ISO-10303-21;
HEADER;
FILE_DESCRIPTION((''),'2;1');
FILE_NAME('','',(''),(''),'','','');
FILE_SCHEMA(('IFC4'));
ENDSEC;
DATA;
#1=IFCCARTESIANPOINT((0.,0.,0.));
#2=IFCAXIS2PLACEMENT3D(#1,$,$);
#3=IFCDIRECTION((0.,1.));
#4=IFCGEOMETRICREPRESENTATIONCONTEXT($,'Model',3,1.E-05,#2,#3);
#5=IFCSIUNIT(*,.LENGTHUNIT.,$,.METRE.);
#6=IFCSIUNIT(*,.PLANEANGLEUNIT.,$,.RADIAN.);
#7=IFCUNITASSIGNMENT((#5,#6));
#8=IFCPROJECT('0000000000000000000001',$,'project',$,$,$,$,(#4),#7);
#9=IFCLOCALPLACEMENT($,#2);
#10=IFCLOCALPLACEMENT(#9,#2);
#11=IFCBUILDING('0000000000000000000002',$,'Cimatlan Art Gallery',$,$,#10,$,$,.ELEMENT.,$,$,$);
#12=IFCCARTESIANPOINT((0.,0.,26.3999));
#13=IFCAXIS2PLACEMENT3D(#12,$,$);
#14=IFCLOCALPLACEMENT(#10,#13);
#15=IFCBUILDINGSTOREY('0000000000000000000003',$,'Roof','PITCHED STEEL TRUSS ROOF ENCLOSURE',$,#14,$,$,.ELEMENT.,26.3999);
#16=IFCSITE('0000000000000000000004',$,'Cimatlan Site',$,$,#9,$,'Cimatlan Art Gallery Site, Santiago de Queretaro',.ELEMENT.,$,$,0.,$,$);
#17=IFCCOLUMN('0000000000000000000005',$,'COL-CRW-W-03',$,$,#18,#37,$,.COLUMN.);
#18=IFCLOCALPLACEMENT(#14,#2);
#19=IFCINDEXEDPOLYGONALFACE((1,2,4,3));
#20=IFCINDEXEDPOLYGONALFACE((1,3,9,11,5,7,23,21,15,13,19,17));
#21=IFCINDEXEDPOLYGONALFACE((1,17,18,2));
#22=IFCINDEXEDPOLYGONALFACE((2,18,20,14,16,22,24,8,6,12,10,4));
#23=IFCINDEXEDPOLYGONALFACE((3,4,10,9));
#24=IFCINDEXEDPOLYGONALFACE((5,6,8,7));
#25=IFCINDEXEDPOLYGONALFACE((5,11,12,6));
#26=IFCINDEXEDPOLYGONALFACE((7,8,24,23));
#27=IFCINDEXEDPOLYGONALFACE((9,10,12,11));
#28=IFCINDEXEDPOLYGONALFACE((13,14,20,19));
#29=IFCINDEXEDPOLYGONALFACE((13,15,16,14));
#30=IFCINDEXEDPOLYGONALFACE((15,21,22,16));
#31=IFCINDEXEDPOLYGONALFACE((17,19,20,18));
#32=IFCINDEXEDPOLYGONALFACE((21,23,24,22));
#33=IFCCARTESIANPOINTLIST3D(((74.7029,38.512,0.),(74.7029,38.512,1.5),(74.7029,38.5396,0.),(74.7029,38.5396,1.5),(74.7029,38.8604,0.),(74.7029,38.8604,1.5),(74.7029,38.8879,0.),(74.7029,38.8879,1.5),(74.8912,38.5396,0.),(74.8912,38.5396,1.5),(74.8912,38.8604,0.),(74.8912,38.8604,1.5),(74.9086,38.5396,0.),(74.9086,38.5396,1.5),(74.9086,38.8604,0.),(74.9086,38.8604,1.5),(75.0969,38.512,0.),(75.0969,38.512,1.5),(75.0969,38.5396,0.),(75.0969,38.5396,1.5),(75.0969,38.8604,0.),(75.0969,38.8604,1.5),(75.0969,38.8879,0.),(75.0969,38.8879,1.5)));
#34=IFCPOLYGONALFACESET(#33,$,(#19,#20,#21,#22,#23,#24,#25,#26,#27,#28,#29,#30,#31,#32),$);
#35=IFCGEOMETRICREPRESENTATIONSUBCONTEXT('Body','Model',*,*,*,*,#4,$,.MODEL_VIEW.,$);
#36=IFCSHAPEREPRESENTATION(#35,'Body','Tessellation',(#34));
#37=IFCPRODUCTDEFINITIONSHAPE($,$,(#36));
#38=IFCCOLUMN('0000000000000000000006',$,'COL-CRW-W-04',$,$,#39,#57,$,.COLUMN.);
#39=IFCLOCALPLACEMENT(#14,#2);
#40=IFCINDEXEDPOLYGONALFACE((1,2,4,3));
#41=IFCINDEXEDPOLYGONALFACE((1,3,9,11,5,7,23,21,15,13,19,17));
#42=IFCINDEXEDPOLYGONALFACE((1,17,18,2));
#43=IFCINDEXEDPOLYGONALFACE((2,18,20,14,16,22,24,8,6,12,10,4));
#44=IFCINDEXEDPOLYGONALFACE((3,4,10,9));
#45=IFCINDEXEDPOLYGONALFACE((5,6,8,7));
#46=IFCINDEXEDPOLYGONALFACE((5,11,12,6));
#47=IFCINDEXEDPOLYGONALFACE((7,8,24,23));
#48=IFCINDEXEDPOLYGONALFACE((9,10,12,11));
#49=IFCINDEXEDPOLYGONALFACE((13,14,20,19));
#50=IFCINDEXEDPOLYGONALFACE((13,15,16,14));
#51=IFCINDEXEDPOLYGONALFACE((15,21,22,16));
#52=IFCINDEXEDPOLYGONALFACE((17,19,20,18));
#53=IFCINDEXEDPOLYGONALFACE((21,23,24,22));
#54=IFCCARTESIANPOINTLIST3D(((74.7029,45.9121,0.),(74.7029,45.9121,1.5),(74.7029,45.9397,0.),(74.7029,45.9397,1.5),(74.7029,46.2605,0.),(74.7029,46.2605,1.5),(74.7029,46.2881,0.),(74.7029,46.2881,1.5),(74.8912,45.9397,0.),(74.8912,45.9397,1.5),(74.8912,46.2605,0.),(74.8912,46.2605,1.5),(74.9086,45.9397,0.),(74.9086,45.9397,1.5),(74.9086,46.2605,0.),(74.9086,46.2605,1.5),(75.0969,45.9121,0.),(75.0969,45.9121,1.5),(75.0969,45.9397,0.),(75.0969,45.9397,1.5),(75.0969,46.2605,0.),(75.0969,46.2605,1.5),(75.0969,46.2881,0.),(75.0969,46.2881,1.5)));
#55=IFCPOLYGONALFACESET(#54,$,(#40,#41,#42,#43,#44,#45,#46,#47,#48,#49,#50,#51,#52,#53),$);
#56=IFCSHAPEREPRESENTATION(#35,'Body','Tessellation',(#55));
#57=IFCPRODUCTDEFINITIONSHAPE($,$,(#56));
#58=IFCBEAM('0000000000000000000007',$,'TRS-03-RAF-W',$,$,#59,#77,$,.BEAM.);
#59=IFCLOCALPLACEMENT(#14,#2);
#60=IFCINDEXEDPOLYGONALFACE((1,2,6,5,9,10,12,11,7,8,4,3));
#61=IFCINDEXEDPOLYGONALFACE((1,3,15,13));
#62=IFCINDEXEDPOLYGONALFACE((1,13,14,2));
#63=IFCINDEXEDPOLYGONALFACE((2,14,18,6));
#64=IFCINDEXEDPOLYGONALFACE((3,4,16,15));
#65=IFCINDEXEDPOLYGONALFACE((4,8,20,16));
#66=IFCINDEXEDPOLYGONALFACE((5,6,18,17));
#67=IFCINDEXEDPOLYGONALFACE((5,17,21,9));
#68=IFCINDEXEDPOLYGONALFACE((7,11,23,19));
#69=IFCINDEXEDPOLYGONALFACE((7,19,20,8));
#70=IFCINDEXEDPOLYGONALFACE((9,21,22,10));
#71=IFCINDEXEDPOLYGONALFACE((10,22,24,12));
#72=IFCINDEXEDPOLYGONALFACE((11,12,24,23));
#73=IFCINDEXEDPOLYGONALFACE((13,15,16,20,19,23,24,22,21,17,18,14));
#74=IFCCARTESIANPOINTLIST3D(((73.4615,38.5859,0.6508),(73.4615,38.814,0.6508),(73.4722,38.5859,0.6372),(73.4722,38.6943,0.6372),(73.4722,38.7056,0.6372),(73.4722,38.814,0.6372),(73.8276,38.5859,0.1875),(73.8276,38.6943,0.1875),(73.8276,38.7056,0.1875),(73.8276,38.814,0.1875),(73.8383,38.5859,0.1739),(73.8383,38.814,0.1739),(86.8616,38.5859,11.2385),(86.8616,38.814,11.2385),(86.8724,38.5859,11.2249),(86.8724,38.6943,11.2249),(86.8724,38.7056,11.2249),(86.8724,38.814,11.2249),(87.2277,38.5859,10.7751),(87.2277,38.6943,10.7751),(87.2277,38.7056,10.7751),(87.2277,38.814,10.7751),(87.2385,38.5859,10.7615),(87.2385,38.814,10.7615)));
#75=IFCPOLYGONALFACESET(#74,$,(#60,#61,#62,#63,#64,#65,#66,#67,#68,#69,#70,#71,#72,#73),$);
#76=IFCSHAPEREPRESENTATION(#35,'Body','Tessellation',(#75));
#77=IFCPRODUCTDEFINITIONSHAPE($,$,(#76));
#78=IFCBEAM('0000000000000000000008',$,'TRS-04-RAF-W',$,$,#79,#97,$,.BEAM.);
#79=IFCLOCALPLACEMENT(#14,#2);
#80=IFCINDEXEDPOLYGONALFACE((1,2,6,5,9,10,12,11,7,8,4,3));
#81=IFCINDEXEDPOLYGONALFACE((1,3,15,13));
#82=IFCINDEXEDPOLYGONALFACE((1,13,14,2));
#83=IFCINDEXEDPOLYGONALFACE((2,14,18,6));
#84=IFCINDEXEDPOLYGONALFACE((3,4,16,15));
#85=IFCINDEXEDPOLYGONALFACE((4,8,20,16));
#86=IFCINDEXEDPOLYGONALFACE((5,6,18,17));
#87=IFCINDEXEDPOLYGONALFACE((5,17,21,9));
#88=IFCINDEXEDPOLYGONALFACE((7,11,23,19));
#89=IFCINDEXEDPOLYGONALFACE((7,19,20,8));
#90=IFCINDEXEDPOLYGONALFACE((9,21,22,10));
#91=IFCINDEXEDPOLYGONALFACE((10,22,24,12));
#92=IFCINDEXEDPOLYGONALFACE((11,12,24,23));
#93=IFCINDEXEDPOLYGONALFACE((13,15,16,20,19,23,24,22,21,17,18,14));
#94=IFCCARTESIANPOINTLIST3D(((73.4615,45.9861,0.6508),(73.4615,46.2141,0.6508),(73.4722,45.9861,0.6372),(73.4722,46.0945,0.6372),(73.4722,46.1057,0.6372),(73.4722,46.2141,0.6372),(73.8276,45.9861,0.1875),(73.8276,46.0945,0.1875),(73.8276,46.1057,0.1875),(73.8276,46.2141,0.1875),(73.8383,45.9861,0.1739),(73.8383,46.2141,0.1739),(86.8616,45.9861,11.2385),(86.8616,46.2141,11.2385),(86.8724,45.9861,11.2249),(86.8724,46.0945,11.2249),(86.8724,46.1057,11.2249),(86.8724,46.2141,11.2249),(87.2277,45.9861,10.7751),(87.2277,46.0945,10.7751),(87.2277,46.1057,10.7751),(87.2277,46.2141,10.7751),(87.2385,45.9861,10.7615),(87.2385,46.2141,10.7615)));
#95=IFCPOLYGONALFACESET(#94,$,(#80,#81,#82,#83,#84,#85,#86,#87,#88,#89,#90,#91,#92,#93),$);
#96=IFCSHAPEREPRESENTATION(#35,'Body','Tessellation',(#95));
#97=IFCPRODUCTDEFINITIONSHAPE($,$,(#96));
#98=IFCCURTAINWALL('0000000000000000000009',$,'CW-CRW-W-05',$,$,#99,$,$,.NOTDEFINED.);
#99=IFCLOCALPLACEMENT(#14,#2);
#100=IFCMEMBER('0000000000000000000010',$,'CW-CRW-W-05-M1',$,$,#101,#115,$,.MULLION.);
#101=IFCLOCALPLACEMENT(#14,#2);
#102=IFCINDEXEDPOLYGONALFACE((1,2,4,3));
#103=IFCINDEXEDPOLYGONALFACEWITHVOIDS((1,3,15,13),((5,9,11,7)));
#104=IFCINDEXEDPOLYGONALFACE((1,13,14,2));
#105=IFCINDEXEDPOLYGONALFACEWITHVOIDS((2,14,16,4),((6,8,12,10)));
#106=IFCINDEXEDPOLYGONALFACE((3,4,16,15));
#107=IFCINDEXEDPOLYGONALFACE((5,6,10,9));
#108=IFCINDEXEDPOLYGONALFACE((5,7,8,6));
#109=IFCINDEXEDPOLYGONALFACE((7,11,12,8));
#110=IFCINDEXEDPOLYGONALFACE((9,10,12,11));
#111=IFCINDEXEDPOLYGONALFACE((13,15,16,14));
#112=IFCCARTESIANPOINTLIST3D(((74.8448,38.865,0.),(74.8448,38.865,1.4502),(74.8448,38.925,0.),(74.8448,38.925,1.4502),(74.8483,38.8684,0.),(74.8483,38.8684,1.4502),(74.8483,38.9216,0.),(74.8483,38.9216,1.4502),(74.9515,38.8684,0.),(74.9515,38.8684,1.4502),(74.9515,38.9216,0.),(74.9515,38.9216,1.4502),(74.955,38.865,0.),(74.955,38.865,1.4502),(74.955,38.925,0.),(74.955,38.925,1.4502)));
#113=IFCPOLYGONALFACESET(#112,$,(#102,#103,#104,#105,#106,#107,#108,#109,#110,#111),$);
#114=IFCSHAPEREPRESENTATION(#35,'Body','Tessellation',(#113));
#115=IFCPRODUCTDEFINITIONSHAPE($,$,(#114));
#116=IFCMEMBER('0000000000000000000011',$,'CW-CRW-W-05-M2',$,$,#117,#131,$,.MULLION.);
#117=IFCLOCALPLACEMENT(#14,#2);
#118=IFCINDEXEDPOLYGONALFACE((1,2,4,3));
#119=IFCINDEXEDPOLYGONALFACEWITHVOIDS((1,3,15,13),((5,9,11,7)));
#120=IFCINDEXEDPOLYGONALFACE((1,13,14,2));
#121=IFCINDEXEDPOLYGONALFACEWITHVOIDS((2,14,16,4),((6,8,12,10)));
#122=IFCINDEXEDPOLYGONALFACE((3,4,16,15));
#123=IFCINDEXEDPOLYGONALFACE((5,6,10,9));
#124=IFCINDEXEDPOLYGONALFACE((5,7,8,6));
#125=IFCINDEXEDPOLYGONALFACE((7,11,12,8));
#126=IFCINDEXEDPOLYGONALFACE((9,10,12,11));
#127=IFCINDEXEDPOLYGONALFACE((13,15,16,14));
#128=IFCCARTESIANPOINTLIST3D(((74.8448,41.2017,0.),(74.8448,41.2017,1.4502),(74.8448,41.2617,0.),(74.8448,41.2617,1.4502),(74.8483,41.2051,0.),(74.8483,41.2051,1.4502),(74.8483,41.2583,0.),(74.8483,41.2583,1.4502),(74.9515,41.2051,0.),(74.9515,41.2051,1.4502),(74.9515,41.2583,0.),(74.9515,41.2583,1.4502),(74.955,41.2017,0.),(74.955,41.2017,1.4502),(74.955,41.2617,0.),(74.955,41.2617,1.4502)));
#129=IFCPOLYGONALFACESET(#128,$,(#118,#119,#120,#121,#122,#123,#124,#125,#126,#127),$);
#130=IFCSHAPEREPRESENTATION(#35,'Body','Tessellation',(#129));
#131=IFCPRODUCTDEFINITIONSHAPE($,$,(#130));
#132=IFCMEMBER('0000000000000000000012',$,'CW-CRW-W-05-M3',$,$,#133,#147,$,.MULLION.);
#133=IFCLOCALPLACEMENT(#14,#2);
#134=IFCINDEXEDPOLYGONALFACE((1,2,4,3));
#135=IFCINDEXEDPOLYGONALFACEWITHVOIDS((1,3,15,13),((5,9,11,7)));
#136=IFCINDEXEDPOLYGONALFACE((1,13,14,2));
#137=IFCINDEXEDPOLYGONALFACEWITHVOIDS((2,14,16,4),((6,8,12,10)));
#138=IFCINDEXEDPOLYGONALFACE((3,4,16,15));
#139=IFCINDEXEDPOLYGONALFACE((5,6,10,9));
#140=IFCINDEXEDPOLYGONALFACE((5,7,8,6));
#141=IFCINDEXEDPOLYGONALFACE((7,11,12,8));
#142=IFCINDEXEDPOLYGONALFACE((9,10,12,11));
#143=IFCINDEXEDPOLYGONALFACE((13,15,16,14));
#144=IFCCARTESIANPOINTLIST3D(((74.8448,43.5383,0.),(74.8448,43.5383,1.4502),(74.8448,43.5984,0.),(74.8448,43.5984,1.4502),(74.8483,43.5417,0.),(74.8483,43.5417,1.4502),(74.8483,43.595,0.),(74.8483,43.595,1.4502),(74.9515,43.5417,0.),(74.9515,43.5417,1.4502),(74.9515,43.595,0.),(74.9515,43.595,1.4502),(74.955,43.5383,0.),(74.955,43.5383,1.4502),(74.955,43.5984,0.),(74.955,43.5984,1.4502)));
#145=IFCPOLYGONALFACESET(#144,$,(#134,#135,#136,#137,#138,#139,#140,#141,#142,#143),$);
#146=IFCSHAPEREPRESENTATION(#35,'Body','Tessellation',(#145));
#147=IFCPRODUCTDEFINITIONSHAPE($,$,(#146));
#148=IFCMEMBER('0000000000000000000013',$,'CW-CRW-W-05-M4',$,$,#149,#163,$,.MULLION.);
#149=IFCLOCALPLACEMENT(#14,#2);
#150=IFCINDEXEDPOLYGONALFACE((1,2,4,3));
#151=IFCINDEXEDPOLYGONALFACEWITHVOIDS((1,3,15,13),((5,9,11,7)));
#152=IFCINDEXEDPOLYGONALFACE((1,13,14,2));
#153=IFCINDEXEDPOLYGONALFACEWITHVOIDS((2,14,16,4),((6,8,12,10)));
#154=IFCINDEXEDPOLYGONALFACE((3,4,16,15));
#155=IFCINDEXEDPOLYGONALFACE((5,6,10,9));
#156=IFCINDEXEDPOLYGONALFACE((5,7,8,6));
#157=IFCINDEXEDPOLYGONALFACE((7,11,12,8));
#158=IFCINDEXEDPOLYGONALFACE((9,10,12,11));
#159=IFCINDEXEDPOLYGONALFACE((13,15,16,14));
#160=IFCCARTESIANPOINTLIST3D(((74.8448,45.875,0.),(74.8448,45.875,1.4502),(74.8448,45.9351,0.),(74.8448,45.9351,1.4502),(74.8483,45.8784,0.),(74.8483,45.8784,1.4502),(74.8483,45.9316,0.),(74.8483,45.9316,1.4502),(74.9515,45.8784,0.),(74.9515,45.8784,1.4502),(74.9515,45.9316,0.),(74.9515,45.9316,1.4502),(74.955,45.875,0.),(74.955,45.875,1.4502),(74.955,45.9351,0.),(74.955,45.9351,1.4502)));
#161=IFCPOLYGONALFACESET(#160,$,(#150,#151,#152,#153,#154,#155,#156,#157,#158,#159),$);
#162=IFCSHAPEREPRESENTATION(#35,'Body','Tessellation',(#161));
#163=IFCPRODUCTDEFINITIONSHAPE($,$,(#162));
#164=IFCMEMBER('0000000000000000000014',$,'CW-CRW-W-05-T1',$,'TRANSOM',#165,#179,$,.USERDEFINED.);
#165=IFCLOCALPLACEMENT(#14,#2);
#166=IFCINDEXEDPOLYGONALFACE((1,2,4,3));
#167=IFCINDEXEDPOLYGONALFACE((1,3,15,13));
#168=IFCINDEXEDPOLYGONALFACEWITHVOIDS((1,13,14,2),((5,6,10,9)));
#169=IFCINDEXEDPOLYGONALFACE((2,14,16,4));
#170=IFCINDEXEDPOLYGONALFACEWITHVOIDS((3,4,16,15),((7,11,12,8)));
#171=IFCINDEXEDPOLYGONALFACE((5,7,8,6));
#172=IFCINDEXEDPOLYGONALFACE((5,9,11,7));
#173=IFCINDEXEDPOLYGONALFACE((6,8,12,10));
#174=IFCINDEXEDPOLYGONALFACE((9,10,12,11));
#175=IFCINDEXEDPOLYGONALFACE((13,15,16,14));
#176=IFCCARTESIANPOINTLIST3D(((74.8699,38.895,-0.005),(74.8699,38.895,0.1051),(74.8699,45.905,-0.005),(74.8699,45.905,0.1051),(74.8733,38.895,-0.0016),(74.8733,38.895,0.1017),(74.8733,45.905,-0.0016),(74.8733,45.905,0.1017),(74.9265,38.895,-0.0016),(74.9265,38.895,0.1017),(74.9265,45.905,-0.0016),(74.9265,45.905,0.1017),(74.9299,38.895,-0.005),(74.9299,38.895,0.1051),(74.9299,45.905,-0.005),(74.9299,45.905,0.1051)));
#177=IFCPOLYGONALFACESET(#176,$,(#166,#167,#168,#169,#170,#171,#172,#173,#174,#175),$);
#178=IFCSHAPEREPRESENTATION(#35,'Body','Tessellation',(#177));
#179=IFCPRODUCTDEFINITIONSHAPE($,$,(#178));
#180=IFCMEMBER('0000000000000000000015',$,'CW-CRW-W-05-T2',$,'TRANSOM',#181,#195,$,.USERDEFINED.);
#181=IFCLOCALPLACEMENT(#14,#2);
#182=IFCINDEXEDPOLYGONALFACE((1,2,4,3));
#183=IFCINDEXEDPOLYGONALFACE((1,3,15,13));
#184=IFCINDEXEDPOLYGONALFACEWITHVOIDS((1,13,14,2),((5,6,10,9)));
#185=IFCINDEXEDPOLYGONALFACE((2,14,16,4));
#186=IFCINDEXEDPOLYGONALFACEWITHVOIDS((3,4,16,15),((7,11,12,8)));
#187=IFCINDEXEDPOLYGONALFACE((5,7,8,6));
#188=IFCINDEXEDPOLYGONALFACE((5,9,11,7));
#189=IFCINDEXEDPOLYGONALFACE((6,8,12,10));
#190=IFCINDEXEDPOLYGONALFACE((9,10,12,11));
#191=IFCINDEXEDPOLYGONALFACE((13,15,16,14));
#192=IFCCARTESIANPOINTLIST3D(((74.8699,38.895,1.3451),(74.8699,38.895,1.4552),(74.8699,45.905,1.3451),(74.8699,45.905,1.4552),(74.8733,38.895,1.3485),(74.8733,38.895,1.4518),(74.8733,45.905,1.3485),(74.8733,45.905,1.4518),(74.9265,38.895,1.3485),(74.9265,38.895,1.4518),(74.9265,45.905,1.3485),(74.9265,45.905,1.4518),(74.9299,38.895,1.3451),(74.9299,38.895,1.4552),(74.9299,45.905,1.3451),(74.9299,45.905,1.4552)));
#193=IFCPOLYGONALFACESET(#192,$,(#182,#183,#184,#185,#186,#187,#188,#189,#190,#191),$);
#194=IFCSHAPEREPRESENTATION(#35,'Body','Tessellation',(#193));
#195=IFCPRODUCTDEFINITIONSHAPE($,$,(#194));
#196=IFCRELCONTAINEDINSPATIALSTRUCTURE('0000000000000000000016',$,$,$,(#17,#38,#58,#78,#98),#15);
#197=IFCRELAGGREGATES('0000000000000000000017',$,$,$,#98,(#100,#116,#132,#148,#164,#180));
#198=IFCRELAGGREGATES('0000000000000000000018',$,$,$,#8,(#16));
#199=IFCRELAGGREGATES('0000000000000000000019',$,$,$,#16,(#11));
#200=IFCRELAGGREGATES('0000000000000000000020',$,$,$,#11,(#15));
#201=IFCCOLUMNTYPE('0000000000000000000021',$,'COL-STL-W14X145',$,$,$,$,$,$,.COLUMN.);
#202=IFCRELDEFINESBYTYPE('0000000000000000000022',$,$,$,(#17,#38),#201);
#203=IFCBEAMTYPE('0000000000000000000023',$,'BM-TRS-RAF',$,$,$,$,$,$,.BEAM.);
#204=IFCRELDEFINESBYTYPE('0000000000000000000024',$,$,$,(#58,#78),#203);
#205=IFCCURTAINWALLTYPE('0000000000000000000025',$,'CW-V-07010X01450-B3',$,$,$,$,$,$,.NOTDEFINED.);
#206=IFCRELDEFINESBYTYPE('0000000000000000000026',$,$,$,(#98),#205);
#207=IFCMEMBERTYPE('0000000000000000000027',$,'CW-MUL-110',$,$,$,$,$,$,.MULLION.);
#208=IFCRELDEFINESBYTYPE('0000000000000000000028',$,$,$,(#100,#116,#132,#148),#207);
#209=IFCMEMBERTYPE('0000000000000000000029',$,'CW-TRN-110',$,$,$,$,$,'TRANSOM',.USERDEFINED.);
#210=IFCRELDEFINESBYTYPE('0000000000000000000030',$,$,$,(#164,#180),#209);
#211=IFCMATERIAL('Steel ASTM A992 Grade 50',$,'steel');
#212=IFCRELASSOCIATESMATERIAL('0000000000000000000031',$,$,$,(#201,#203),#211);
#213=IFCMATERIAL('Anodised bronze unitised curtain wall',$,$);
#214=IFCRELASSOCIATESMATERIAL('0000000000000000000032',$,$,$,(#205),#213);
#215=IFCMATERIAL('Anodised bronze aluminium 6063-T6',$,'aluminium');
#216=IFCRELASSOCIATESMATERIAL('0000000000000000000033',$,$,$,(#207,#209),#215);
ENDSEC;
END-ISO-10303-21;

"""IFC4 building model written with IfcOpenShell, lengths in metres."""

from ifc_helpers import new_model, si_unit, direction, frame, origin, origin_2d, place, context, subcontext, project, spatial, hollow_rectangle, i_section, extrude, material, material_profile, profile_set, type_object, element, aggregate, save


model = new_model("IFC4")

# Units and contexts
model_context = context("Model", 3, precision=1e-05, world=origin(), true_north=direction((0.0, 1.0)))
body_context = subcontext(model_context, "Body", "Model", "MODEL_VIEW")
ifc_project = project(units=[si_unit("LENGTHUNIT", "METRE"), si_unit("PLANEANGLEUNIT", "RADIAN")], contexts=[model_context])

# Site, building, storey
site_placement = place(None, origin())
site = spatial("IfcSite", under=ifc_project, at=site_placement, Name="Cimatlan Site", LongName="Cimatlan Art Gallery Site, Santiago de Queretaro", CompositionType="ELEMENT", RefElevation=0.0)
building_placement = place(site_placement, origin())
building = spatial("IfcBuilding", under=site, at=building_placement, Name="Cimatlan Art Gallery", CompositionType="ELEMENT")
storey_placement = place(building_placement, frame((0.0, 0.0, 26.3999)))
storey = spatial("IfcBuildingStorey", under=building, at=storey_placement, Name="Roof", Description="PITCHED STEEL TRUSS ROOF ENCLOSURE", CompositionType="ELEMENT", Elevation=26.3999)

# Columns
ifc_material_1 = material(Name="Steel ASTM A992 Grade 50", Category="steel")
ifc_material_profile_1 = material_profile(ifc_material_1, i_section(OverallWidth=0.394, OverallDepth=0.376, WebThickness=0.0173, FlangeThickness=0.0276, at=origin_2d()), Name="W14X145")
ifc_profile_set_1 = profile_set([ifc_material_profile_1], Name="Steel ASTM A992 Grade 50")
column_type = type_object("IfcColumnType", Name="COL-STL-W14X145", PredefinedType="COLUMN", material=ifc_profile_set_1)
for number, where, z_axis, x_axis, name in (
    (1, (74.8999, 38.7, 0.0), (0.0, 0.0, 1.0), (1.0, 0.0, 0.0), "COL-CRW-W-03"),
    (2, (74.8999, 46.1001, 0.0), (0.0, 0.0, 1.0), (1.0, 0.0, 0.0), "COL-CRW-W-04"),
):
    element("IfcColumn", number, at=place(storey_placement, frame(where, z_axis=z_axis, x_axis=x_axis)), inside=storey, type_object=column_type, Name=name, PredefinedType="COLUMN", context=body_context, shape_type="SweptSolid", body=[
        extrude(i_section(OverallWidth=0.394, OverallDepth=0.376, WebThickness=0.0173, FlangeThickness=0.0276, at=origin_2d()), origin(), (0.0, 0.0, 1.0), 1.5),
    ])

# Beams
ifc_material_profile_2 = material_profile(ifc_material_1, i_section(OverallWidth=0.228, OverallDepth=0.6079, WebThickness=0.0112, FlangeThickness=0.0173, at=origin_2d()), Name="W24X76")
ifc_profile_set_2 = profile_set([ifc_material_profile_2], Name="Steel ASTM A992 Grade 50")
beam_type = type_object("IfcBeamType", Name="BM-TRS-RAF", PredefinedType="BEAM", material=ifc_profile_set_2)
for number, where, z_axis, x_axis, name in (
    (3, (73.6499, 38.7, 0.4124), (0.784638, 0.0, 0.619954), (0.0, 1.0, 0.0), "TRS-03-RAF-W"),
    (4, (73.6499, 46.1001, 0.4124), (0.784638, 0.0, 0.619954), (0.0, 1.0, 0.0), "TRS-04-RAF-W"),
):
    element("IfcBeam", number, at=place(storey_placement, frame(where, z_axis=z_axis, x_axis=x_axis)), inside=storey, type_object=beam_type, Name=name, PredefinedType="BEAM", context=body_context, shape_type="SweptSolid", body=[
        extrude(i_section(OverallWidth=0.228, OverallDepth=0.6079, WebThickness=0.0112, FlangeThickness=0.0173, at=origin_2d()), origin(), (0.0, 0.0, 1.0), 17.0781),
    ])

# Curtain wall, members
ifc_material_2 = material(Name="Anodised bronze unitised curtain wall")
curtain_wall_type = type_object("IfcCurtainWallType", Name="CW-V-07010X01450-B3", PredefinedType="NOTDEFINED", material=ifc_material_2)
curtain_wall_placement = place(storey_placement, origin())
curtain_wall = element("IfcCurtainWall", 5, at=curtain_wall_placement, inside=storey, type_object=curtain_wall_type, Name="CW-CRW-W-05", PredefinedType="NOTDEFINED")
ifc_material_3 = material(Name="Anodised bronze aluminium 6063-T6", Category="aluminium")
ifc_material_profile_3 = material_profile(ifc_material_3, hollow_rectangle(XDim=0.0601, YDim=0.1101, WallThickness=0.0034, at=origin_2d()), Name="ALU60X110X3")
ifc_profile_set_3 = profile_set([ifc_material_profile_3], Name="Anodised bronze aluminium 6063-T6")
member_type_1 = type_object("IfcMemberType", Name="CW-MUL-110", PredefinedType="MULLION", material=ifc_profile_set_3)
member_1_placement = place(storey_placement, frame((74.8999, 38.895, 0.0), z_axis=(0.0, 0.0, 1.0), x_axis=(0.0, 1.0, 0.0)))
member_1 = element("IfcMember", 6, at=member_1_placement, type_object=member_type_1, Name="CW-CRW-W-05-M1", PredefinedType="MULLION", context=body_context, shape_type="SweptSolid", body=[
    extrude(hollow_rectangle(XDim=0.0601, YDim=0.1101, WallThickness=0.0034, at=origin_2d()), origin(), (0.0, 0.0, 1.0), 1.4502),
])
member_2_placement = place(storey_placement, frame((74.8999, 41.2317, 0.0), z_axis=(0.0, 0.0, 1.0), x_axis=(0.0, 1.0, 0.0)))
member_2 = element("IfcMember", 7, at=member_2_placement, type_object=member_type_1, Name="CW-CRW-W-05-M2", PredefinedType="MULLION", context=body_context, shape_type="SweptSolid", body=[
    extrude(hollow_rectangle(XDim=0.0601, YDim=0.1101, WallThickness=0.0034, at=origin_2d()), origin(), (0.0, 0.0, 1.0), 1.4502),
])
member_3_placement = place(storey_placement, frame((74.8999, 43.5684, 0.0), z_axis=(0.0, 0.0, 1.0), x_axis=(0.0, 1.0, 0.0)))
member_3 = element("IfcMember", 8, at=member_3_placement, type_object=member_type_1, Name="CW-CRW-W-05-M3", PredefinedType="MULLION", context=body_context, shape_type="SweptSolid", body=[
    extrude(hollow_rectangle(XDim=0.0601, YDim=0.1101, WallThickness=0.0034, at=origin_2d()), origin(), (0.0, 0.0, 1.0), 1.4502),
])
member_4_placement = place(storey_placement, frame((74.8999, 45.905, 0.0), z_axis=(0.0, 0.0, 1.0), x_axis=(0.0, 1.0, 0.0)))
member_4 = element("IfcMember", 9, at=member_4_placement, type_object=member_type_1, Name="CW-CRW-W-05-M4", PredefinedType="MULLION", context=body_context, shape_type="SweptSolid", body=[
    extrude(hollow_rectangle(XDim=0.0601, YDim=0.1101, WallThickness=0.0034, at=origin_2d()), origin(), (0.0, 0.0, 1.0), 1.4502),
])
ifc_material_profile_4 = material_profile(ifc_material_3, hollow_rectangle(XDim=0.0601, YDim=0.1101, WallThickness=0.0034, at=origin_2d()), Name="ALU60X110X3")
ifc_profile_set_4 = profile_set([ifc_material_profile_4], Name="Anodised bronze aluminium 6063-T6")
member_type_2 = type_object("IfcMemberType", Name="CW-TRN-110", ElementType="TRANSOM", PredefinedType="USERDEFINED", material=ifc_profile_set_4)
member_5_placement = place(storey_placement, frame((74.8999, 38.895, 0.05), z_axis=(0.0, 1.0, 0.0), x_axis=(-1.0, 0.0, 0.0)))
member_5 = element("IfcMember", 10, at=member_5_placement, type_object=member_type_2, Name="CW-CRW-W-05-T1", ObjectType="TRANSOM", PredefinedType="USERDEFINED", context=body_context, shape_type="SweptSolid", body=[
    extrude(hollow_rectangle(XDim=0.0601, YDim=0.1101, WallThickness=0.0034, at=origin_2d()), origin(), (0.0, 0.0, 1.0), 7.01),
])
member_6_placement = place(storey_placement, frame((74.8999, 38.895, 1.4001), z_axis=(0.0, 1.0, 0.0), x_axis=(-1.0, 0.0, 0.0)))
member_6 = element("IfcMember", 11, at=member_6_placement, type_object=member_type_2, Name="CW-CRW-W-05-T2", ObjectType="TRANSOM", PredefinedType="USERDEFINED", context=body_context, shape_type="SweptSolid", body=[
    extrude(hollow_rectangle(XDim=0.0601, YDim=0.1101, WallThickness=0.0034, at=origin_2d()), origin(), (0.0, 0.0, 1.0), 7.01),
])

aggregate(curtain_wall, [member_1, member_2, member_3, member_4, member_5, member_6])

save(model, "model.ifc")
